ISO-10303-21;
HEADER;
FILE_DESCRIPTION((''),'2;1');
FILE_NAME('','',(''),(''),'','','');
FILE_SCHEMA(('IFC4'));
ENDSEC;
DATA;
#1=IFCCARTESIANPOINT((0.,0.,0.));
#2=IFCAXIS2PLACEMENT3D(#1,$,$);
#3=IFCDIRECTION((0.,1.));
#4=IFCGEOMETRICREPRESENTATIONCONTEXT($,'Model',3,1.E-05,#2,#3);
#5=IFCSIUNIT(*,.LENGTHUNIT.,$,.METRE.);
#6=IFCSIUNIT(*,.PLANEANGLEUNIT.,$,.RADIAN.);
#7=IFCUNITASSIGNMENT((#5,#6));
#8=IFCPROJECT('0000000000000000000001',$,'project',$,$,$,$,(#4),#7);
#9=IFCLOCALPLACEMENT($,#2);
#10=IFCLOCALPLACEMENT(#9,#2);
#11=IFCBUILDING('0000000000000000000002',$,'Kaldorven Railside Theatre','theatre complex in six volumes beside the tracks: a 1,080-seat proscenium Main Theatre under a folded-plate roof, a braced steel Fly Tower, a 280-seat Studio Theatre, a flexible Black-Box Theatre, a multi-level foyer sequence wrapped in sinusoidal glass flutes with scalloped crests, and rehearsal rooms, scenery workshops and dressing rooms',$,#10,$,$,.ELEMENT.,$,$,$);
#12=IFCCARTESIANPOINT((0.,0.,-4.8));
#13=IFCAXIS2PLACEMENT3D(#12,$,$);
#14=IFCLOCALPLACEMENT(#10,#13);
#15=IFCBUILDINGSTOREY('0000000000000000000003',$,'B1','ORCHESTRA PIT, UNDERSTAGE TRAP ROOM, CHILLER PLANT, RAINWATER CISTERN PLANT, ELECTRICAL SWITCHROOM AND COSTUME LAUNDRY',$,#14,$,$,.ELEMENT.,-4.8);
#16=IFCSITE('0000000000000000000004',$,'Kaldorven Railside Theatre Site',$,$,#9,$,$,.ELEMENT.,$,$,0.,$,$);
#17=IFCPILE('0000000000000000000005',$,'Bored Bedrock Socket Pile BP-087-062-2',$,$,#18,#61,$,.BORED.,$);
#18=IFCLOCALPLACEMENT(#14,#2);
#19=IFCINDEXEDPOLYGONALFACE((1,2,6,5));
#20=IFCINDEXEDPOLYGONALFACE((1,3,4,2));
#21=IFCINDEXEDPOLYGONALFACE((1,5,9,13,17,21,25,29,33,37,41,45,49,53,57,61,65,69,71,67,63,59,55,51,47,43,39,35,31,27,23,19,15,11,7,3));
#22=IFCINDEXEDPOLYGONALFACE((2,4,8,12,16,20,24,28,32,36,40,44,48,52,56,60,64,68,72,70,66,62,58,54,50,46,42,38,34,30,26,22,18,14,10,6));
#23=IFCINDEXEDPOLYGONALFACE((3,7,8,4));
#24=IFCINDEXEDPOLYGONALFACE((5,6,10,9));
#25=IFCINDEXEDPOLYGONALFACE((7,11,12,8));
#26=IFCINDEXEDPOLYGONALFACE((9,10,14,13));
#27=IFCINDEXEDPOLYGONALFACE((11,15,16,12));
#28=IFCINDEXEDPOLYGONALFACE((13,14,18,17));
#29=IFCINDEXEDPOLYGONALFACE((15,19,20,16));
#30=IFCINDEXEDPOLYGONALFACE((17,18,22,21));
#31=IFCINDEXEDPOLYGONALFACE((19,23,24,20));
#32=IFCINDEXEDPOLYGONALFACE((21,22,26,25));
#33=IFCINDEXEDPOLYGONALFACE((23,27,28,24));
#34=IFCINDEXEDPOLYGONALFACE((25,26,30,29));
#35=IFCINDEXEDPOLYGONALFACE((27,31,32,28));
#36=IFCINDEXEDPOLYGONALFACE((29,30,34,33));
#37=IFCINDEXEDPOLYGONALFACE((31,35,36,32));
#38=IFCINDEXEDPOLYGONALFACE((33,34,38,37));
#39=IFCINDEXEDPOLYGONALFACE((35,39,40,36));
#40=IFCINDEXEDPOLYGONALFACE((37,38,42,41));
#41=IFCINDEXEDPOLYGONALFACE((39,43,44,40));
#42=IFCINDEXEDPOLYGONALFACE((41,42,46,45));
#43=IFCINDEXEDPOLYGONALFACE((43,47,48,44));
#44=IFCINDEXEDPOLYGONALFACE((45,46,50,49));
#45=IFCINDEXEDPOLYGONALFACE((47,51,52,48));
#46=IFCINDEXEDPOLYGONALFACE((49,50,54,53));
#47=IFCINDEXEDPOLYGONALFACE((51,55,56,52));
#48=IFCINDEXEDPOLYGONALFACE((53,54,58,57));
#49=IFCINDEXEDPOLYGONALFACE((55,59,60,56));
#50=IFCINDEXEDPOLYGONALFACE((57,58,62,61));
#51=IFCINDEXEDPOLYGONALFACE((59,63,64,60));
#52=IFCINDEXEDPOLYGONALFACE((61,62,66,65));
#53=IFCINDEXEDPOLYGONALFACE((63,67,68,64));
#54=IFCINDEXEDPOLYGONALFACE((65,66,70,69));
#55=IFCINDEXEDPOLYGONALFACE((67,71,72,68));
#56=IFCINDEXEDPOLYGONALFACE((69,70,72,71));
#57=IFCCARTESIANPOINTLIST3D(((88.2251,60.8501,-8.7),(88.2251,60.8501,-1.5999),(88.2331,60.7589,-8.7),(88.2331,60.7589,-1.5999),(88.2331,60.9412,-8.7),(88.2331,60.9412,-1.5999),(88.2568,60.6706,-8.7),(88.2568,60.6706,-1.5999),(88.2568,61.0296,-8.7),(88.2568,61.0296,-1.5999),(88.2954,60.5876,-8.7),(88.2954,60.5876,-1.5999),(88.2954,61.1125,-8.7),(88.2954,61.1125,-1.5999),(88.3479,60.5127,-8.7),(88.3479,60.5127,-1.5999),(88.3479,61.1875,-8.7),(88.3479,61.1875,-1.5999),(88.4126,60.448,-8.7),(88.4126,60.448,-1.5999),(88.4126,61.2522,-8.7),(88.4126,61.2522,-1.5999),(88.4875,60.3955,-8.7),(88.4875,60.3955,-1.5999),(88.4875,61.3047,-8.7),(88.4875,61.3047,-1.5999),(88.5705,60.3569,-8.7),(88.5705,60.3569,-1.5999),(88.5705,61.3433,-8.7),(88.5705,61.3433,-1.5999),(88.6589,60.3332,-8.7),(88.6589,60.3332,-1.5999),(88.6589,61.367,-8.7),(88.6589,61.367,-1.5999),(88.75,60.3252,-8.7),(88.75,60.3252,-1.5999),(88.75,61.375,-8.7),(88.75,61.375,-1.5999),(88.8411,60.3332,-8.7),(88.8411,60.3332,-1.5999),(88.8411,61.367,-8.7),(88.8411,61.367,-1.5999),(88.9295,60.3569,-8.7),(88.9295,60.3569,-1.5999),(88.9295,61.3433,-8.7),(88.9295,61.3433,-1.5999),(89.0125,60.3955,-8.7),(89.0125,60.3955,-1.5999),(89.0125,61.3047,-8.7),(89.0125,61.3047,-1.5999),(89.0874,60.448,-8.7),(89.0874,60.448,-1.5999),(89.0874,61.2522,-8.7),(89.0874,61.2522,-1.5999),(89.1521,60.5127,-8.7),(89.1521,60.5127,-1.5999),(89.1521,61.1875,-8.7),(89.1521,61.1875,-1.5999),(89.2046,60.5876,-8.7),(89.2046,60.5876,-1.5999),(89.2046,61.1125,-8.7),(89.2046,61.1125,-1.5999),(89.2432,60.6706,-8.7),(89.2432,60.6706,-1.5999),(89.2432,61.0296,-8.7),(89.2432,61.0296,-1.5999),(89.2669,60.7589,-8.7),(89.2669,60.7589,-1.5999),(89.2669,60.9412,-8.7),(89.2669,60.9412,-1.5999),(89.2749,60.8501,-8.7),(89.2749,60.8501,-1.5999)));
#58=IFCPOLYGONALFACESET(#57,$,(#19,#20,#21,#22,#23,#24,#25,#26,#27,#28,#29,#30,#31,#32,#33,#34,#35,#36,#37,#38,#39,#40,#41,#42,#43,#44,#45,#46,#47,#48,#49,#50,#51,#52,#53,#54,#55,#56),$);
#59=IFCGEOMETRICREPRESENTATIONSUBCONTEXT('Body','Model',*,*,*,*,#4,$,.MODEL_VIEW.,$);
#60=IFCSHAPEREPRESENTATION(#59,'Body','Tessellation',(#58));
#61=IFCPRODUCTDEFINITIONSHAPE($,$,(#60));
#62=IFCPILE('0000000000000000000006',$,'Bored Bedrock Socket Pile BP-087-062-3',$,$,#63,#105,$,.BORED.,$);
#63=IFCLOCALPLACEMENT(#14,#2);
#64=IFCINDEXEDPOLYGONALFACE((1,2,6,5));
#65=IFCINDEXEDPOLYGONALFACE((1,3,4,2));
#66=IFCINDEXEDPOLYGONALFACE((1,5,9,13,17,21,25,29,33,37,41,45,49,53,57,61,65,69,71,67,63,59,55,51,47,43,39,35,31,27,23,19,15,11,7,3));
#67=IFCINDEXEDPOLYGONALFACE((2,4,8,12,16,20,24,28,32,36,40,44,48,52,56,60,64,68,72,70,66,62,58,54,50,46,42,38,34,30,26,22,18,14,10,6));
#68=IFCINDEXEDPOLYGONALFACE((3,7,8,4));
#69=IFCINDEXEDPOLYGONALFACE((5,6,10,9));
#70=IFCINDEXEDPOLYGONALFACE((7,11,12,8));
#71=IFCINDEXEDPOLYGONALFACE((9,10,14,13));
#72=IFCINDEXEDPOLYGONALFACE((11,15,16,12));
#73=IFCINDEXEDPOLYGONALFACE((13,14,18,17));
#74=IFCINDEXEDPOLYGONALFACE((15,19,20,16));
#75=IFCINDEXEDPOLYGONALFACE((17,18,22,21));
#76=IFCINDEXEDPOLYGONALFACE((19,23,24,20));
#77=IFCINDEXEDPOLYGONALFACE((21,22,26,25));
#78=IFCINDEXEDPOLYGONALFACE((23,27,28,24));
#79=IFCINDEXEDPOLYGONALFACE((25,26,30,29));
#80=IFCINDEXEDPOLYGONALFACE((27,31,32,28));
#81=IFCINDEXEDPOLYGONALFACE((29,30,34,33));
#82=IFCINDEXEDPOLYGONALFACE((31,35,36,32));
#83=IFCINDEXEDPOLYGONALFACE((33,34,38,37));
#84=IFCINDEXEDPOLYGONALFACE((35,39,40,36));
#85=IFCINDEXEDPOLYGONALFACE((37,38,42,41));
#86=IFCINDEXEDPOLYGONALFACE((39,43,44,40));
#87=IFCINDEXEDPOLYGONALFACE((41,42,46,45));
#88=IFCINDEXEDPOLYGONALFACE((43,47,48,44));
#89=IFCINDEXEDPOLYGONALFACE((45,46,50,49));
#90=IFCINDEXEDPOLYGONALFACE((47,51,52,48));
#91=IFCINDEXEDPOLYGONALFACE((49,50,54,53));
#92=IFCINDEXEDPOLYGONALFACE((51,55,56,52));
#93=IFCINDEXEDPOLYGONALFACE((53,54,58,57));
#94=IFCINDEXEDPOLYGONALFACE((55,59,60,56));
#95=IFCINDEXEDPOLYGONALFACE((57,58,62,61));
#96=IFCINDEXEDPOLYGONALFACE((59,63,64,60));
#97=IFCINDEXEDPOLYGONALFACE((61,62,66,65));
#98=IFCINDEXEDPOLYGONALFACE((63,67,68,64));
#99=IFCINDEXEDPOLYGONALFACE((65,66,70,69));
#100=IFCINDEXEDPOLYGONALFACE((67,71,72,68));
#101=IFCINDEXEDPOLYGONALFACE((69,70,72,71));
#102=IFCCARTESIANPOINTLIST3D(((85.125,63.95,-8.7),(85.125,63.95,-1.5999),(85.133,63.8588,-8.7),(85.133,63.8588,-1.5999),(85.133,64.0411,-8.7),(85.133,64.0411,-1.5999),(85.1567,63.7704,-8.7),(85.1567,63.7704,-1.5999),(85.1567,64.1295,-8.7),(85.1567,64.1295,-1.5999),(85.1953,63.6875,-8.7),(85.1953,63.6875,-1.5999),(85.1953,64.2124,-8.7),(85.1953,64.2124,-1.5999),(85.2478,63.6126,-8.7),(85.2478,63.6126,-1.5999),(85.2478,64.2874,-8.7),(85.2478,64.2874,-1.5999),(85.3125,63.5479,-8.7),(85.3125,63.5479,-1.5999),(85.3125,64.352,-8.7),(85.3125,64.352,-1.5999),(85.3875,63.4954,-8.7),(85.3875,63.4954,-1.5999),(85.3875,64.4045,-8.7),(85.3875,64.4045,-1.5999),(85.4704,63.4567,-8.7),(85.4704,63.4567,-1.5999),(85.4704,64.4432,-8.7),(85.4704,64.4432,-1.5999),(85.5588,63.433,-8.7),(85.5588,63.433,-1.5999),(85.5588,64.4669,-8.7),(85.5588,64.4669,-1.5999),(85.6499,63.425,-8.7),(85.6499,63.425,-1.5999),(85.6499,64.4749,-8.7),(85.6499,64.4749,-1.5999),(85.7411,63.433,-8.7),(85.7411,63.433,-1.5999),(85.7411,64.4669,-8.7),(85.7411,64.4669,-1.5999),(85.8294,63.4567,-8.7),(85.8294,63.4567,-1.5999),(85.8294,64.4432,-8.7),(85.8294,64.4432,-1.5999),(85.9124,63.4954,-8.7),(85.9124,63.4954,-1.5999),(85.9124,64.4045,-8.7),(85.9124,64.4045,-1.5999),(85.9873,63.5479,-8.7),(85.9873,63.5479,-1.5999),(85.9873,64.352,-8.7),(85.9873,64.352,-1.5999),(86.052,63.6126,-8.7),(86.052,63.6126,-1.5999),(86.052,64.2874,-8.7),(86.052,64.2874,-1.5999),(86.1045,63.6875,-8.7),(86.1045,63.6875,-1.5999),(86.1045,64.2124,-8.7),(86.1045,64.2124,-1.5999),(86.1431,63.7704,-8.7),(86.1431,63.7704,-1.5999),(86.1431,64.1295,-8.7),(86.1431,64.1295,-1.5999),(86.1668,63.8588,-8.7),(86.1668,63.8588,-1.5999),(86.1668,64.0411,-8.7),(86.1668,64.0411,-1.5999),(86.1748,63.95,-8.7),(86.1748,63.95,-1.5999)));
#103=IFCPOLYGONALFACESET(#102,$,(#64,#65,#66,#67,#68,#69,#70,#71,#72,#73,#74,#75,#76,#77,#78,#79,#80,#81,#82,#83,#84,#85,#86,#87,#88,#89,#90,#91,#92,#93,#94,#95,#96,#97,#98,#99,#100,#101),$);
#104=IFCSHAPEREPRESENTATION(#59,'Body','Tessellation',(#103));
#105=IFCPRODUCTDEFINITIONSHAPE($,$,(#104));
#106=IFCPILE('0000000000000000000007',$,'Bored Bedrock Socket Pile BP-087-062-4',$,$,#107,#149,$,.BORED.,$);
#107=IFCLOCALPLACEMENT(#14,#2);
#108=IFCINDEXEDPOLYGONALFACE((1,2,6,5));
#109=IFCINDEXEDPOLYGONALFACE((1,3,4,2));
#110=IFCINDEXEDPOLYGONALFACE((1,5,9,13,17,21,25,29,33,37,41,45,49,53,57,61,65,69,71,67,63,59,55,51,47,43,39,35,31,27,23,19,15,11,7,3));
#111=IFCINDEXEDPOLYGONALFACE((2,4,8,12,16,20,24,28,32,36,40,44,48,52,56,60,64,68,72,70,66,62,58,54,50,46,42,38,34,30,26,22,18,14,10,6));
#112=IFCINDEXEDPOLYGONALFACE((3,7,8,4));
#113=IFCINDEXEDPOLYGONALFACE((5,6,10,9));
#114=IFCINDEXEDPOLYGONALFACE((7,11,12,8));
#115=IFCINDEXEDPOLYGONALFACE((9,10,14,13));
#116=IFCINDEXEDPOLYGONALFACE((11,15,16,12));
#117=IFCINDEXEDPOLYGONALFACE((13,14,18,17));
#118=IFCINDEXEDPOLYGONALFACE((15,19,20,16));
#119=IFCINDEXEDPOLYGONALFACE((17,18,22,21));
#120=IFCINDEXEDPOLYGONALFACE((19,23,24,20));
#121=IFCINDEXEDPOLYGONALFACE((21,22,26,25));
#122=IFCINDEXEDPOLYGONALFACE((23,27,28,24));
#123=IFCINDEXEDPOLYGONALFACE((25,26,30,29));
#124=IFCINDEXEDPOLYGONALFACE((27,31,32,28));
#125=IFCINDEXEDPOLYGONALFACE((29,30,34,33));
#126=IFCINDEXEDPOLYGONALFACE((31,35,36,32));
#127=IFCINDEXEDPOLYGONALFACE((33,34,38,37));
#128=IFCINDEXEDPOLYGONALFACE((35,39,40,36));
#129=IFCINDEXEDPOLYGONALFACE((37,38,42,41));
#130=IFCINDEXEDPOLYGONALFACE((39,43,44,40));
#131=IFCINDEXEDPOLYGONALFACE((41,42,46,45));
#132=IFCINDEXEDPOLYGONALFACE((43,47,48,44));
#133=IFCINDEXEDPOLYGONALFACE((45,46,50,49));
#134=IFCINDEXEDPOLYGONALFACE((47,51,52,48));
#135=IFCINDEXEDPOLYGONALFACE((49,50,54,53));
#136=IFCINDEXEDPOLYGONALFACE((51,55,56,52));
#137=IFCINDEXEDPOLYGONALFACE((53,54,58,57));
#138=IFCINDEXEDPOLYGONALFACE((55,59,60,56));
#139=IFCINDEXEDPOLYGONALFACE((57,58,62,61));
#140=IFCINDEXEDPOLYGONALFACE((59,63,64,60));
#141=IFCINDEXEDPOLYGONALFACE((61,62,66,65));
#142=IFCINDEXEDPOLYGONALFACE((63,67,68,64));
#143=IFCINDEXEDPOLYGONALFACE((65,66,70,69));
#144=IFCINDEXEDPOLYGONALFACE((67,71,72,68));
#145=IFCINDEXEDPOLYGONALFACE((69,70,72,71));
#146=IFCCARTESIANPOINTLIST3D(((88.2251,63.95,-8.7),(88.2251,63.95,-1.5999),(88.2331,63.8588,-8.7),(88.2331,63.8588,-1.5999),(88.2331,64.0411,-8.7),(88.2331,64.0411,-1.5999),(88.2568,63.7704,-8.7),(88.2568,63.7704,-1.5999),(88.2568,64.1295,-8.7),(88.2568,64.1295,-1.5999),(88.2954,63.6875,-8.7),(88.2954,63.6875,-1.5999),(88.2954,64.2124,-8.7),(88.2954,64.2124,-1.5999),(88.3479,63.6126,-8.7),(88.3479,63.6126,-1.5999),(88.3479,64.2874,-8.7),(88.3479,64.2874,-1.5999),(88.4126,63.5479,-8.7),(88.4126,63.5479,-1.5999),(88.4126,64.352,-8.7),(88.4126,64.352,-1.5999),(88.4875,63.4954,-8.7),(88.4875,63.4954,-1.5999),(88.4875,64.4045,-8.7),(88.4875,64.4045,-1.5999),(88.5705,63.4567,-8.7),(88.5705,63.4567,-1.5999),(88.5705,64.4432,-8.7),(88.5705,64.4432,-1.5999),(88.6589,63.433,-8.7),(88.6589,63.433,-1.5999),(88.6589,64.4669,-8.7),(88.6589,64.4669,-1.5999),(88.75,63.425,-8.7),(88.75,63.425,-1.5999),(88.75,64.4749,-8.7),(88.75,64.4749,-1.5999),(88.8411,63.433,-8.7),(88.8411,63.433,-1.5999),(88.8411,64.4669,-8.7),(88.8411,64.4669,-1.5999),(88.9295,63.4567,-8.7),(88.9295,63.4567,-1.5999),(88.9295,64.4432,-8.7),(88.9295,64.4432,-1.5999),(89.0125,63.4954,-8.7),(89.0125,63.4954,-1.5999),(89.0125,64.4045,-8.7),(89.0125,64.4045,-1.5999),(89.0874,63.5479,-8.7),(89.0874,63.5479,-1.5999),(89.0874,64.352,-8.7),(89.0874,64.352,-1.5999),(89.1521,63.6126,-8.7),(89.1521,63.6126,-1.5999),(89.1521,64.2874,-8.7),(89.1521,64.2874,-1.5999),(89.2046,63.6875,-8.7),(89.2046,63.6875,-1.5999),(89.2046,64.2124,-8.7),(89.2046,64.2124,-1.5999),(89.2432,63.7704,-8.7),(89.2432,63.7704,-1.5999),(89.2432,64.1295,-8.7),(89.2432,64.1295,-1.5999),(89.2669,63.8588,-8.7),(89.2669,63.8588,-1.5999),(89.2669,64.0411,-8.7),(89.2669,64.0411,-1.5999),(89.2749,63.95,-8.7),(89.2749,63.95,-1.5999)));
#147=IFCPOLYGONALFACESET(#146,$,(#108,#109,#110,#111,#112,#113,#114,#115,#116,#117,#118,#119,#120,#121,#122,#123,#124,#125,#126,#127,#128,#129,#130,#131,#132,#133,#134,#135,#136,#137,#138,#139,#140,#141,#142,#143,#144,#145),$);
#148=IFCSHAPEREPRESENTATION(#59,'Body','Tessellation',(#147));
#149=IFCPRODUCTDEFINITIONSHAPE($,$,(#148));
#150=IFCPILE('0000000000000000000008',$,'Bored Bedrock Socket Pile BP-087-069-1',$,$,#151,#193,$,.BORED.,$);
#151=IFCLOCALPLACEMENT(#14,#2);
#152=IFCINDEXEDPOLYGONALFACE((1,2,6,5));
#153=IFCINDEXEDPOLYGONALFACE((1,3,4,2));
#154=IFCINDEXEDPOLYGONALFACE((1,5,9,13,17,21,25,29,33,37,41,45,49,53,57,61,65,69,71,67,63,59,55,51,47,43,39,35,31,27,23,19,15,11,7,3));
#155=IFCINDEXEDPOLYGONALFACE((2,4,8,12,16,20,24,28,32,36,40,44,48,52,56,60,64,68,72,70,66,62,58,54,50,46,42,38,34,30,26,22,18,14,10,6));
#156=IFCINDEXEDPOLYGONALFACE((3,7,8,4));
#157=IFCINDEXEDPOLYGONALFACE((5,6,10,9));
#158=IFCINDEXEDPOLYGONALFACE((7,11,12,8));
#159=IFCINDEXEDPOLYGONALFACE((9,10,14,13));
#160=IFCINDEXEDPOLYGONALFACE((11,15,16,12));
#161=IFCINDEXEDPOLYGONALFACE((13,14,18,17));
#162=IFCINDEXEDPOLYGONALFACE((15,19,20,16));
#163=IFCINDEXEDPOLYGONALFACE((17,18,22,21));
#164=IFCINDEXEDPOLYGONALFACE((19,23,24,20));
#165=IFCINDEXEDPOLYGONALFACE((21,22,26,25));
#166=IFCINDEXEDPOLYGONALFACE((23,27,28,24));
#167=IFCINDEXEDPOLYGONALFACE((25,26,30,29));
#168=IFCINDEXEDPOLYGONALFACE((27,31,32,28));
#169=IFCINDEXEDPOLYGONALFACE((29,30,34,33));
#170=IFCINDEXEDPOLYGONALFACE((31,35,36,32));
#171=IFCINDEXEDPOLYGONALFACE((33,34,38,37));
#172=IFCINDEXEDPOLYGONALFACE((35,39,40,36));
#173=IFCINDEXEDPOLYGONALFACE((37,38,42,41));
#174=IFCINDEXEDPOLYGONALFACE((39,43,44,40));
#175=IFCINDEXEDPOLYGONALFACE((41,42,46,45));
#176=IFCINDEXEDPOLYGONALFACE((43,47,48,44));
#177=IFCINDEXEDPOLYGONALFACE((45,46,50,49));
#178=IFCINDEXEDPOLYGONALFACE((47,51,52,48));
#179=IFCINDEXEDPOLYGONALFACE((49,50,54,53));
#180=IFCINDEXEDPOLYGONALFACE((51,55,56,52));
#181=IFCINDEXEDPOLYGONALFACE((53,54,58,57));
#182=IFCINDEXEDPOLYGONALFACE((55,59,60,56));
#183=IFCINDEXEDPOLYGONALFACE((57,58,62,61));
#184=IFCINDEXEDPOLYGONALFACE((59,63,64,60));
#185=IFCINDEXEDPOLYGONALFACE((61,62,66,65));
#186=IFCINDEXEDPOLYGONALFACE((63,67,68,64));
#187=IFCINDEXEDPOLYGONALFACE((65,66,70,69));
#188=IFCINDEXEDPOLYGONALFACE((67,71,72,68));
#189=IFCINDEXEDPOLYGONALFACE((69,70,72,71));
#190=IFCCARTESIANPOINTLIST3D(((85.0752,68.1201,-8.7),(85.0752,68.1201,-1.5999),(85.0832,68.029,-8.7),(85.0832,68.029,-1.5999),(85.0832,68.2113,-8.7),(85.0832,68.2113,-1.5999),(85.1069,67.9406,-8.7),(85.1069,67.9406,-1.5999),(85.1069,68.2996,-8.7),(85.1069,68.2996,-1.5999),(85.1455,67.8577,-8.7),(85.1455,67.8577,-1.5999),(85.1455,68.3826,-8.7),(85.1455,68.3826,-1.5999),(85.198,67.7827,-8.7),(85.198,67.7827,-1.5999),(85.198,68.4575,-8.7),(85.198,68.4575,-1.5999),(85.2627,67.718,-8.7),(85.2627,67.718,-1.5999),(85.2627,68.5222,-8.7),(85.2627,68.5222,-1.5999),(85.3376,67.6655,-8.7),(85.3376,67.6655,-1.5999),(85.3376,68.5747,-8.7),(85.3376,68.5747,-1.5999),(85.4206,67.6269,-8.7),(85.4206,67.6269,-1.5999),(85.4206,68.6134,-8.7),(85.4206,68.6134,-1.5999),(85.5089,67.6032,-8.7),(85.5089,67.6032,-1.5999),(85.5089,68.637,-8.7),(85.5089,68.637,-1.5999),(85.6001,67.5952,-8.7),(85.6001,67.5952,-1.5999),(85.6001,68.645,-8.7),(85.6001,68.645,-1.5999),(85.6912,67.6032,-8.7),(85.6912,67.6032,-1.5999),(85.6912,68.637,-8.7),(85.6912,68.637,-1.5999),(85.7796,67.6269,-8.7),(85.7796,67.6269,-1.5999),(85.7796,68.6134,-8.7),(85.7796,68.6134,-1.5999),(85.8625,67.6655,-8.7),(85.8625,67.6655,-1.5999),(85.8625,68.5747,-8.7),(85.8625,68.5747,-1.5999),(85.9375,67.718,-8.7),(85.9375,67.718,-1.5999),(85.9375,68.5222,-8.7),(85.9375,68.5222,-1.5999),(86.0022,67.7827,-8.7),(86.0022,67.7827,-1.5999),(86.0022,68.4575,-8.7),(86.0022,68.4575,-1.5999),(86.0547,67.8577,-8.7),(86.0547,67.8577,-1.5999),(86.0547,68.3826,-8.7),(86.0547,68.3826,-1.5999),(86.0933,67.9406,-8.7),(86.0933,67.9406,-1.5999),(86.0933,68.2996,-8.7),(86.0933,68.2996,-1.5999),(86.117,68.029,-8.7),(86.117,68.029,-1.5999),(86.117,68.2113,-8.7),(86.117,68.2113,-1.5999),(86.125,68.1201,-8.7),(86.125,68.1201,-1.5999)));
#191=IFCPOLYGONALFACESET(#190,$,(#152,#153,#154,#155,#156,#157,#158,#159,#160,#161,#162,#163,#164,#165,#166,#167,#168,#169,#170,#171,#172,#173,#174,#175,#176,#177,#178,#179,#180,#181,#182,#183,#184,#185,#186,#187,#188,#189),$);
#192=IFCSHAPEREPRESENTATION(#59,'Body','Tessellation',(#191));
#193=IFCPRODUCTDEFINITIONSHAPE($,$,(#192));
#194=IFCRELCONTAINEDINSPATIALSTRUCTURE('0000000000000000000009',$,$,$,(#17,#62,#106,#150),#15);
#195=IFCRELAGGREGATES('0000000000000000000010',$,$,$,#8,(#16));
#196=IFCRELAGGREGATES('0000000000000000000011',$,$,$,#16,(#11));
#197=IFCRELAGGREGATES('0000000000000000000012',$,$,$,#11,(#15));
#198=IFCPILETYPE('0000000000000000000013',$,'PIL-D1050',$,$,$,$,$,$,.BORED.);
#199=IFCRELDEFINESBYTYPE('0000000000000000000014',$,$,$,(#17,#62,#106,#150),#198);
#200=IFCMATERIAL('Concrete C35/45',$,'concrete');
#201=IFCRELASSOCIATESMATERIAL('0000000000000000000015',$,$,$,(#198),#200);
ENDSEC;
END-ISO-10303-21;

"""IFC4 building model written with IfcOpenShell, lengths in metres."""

from ifc_helpers import new_model, si_unit, direction, frame, origin, origin_2d, place, context, subcontext, project, spatial, circle, extrude, material, material_profile, profile_set, type_object, element, save


model = new_model("IFC4")

# Units and contexts
model_context = context("Model", 3, precision=1e-05, world=origin(), true_north=direction((0.0, 1.0)))
body_context = subcontext(model_context, "Body", "Model", "MODEL_VIEW")
ifc_project = project(units=[si_unit("LENGTHUNIT", "METRE"), si_unit("PLANEANGLEUNIT", "RADIAN")], contexts=[model_context])

# Site, building, storey
site_placement = place(None, origin())
site = spatial("IfcSite", under=ifc_project, at=site_placement, Name="Kaldorven Railside Theatre Site", CompositionType="ELEMENT", RefElevation=0.0)
building_placement = place(site_placement, origin())
building = spatial("IfcBuilding", under=site, at=building_placement, Name="Kaldorven Railside Theatre", Description="theatre complex in six volumes beside the tracks: a 1,080-seat proscenium Main Theatre under a folded-plate roof, a braced steel Fly Tower, a 280-seat Studio Theatre, a flexible Black-Box Theatre, a multi-level foyer sequence wrapped in sinusoidal glass flutes with scalloped crests, and rehearsal rooms, scenery workshops and dressing rooms", CompositionType="ELEMENT")
storey_placement = place(building_placement, frame((0.0, 0.0, -4.8)))
storey = spatial("IfcBuildingStorey", under=building, at=storey_placement, Name="B1", Description="ORCHESTRA PIT, UNDERSTAGE TRAP ROOM, CHILLER PLANT, RAINWATER CISTERN PLANT, ELECTRICAL SWITCHROOM AND COSTUME LAUNDRY", CompositionType="ELEMENT", Elevation=-4.8)

# Piles
ifc_material_1 = material(Name="Concrete C35/45", Category="concrete")
ifc_material_profile_1 = material_profile(ifc_material_1, circle(Radius=0.5249, at=origin_2d()), Name="BP D1050")
ifc_profile_set_1 = profile_set([ifc_material_profile_1], Name="Concrete C35/45")
pile_type_1 = type_object("IfcPileType", Name="PIL-D1050", PredefinedType="BORED", material=ifc_profile_set_1)
for number, where, z_axis, x_axis, name in (
    (1, (88.75, 60.8501, -1.5999), (0.0, 0.0, -1.0), (1.0, 0.0, 0.0), "Bored Bedrock Socket Pile BP-087-062-2"),
    (2, (85.6499, 63.95, -1.5999), (0.0, 0.0, -1.0), (1.0, 0.0, 0.0), "Bored Bedrock Socket Pile BP-087-062-3"),
    (3, (88.75, 63.95, -1.5999), (0.0, 0.0, -1.0), (1.0, 0.0, 0.0), "Bored Bedrock Socket Pile BP-087-062-4"),
    (4, (85.6001, 68.1201, -1.5999), (0.0, 0.0, -1.0), (1.0, 0.0, 0.0), "Bored Bedrock Socket Pile BP-087-069-1"),
):
    element("IfcPile", number, at=place(storey_placement, frame(where, z_axis=z_axis, x_axis=x_axis)), inside=storey, type_object=pile_type_1, Name=name, PredefinedType="BORED", context=body_context, shape_type="SweptSolid", body=[
        extrude(circle(Radius=0.5249, at=origin_2d()), origin(), (0.0, 0.0, 1.0), 7.1001),
    ])

save(model, "model.ifc")
